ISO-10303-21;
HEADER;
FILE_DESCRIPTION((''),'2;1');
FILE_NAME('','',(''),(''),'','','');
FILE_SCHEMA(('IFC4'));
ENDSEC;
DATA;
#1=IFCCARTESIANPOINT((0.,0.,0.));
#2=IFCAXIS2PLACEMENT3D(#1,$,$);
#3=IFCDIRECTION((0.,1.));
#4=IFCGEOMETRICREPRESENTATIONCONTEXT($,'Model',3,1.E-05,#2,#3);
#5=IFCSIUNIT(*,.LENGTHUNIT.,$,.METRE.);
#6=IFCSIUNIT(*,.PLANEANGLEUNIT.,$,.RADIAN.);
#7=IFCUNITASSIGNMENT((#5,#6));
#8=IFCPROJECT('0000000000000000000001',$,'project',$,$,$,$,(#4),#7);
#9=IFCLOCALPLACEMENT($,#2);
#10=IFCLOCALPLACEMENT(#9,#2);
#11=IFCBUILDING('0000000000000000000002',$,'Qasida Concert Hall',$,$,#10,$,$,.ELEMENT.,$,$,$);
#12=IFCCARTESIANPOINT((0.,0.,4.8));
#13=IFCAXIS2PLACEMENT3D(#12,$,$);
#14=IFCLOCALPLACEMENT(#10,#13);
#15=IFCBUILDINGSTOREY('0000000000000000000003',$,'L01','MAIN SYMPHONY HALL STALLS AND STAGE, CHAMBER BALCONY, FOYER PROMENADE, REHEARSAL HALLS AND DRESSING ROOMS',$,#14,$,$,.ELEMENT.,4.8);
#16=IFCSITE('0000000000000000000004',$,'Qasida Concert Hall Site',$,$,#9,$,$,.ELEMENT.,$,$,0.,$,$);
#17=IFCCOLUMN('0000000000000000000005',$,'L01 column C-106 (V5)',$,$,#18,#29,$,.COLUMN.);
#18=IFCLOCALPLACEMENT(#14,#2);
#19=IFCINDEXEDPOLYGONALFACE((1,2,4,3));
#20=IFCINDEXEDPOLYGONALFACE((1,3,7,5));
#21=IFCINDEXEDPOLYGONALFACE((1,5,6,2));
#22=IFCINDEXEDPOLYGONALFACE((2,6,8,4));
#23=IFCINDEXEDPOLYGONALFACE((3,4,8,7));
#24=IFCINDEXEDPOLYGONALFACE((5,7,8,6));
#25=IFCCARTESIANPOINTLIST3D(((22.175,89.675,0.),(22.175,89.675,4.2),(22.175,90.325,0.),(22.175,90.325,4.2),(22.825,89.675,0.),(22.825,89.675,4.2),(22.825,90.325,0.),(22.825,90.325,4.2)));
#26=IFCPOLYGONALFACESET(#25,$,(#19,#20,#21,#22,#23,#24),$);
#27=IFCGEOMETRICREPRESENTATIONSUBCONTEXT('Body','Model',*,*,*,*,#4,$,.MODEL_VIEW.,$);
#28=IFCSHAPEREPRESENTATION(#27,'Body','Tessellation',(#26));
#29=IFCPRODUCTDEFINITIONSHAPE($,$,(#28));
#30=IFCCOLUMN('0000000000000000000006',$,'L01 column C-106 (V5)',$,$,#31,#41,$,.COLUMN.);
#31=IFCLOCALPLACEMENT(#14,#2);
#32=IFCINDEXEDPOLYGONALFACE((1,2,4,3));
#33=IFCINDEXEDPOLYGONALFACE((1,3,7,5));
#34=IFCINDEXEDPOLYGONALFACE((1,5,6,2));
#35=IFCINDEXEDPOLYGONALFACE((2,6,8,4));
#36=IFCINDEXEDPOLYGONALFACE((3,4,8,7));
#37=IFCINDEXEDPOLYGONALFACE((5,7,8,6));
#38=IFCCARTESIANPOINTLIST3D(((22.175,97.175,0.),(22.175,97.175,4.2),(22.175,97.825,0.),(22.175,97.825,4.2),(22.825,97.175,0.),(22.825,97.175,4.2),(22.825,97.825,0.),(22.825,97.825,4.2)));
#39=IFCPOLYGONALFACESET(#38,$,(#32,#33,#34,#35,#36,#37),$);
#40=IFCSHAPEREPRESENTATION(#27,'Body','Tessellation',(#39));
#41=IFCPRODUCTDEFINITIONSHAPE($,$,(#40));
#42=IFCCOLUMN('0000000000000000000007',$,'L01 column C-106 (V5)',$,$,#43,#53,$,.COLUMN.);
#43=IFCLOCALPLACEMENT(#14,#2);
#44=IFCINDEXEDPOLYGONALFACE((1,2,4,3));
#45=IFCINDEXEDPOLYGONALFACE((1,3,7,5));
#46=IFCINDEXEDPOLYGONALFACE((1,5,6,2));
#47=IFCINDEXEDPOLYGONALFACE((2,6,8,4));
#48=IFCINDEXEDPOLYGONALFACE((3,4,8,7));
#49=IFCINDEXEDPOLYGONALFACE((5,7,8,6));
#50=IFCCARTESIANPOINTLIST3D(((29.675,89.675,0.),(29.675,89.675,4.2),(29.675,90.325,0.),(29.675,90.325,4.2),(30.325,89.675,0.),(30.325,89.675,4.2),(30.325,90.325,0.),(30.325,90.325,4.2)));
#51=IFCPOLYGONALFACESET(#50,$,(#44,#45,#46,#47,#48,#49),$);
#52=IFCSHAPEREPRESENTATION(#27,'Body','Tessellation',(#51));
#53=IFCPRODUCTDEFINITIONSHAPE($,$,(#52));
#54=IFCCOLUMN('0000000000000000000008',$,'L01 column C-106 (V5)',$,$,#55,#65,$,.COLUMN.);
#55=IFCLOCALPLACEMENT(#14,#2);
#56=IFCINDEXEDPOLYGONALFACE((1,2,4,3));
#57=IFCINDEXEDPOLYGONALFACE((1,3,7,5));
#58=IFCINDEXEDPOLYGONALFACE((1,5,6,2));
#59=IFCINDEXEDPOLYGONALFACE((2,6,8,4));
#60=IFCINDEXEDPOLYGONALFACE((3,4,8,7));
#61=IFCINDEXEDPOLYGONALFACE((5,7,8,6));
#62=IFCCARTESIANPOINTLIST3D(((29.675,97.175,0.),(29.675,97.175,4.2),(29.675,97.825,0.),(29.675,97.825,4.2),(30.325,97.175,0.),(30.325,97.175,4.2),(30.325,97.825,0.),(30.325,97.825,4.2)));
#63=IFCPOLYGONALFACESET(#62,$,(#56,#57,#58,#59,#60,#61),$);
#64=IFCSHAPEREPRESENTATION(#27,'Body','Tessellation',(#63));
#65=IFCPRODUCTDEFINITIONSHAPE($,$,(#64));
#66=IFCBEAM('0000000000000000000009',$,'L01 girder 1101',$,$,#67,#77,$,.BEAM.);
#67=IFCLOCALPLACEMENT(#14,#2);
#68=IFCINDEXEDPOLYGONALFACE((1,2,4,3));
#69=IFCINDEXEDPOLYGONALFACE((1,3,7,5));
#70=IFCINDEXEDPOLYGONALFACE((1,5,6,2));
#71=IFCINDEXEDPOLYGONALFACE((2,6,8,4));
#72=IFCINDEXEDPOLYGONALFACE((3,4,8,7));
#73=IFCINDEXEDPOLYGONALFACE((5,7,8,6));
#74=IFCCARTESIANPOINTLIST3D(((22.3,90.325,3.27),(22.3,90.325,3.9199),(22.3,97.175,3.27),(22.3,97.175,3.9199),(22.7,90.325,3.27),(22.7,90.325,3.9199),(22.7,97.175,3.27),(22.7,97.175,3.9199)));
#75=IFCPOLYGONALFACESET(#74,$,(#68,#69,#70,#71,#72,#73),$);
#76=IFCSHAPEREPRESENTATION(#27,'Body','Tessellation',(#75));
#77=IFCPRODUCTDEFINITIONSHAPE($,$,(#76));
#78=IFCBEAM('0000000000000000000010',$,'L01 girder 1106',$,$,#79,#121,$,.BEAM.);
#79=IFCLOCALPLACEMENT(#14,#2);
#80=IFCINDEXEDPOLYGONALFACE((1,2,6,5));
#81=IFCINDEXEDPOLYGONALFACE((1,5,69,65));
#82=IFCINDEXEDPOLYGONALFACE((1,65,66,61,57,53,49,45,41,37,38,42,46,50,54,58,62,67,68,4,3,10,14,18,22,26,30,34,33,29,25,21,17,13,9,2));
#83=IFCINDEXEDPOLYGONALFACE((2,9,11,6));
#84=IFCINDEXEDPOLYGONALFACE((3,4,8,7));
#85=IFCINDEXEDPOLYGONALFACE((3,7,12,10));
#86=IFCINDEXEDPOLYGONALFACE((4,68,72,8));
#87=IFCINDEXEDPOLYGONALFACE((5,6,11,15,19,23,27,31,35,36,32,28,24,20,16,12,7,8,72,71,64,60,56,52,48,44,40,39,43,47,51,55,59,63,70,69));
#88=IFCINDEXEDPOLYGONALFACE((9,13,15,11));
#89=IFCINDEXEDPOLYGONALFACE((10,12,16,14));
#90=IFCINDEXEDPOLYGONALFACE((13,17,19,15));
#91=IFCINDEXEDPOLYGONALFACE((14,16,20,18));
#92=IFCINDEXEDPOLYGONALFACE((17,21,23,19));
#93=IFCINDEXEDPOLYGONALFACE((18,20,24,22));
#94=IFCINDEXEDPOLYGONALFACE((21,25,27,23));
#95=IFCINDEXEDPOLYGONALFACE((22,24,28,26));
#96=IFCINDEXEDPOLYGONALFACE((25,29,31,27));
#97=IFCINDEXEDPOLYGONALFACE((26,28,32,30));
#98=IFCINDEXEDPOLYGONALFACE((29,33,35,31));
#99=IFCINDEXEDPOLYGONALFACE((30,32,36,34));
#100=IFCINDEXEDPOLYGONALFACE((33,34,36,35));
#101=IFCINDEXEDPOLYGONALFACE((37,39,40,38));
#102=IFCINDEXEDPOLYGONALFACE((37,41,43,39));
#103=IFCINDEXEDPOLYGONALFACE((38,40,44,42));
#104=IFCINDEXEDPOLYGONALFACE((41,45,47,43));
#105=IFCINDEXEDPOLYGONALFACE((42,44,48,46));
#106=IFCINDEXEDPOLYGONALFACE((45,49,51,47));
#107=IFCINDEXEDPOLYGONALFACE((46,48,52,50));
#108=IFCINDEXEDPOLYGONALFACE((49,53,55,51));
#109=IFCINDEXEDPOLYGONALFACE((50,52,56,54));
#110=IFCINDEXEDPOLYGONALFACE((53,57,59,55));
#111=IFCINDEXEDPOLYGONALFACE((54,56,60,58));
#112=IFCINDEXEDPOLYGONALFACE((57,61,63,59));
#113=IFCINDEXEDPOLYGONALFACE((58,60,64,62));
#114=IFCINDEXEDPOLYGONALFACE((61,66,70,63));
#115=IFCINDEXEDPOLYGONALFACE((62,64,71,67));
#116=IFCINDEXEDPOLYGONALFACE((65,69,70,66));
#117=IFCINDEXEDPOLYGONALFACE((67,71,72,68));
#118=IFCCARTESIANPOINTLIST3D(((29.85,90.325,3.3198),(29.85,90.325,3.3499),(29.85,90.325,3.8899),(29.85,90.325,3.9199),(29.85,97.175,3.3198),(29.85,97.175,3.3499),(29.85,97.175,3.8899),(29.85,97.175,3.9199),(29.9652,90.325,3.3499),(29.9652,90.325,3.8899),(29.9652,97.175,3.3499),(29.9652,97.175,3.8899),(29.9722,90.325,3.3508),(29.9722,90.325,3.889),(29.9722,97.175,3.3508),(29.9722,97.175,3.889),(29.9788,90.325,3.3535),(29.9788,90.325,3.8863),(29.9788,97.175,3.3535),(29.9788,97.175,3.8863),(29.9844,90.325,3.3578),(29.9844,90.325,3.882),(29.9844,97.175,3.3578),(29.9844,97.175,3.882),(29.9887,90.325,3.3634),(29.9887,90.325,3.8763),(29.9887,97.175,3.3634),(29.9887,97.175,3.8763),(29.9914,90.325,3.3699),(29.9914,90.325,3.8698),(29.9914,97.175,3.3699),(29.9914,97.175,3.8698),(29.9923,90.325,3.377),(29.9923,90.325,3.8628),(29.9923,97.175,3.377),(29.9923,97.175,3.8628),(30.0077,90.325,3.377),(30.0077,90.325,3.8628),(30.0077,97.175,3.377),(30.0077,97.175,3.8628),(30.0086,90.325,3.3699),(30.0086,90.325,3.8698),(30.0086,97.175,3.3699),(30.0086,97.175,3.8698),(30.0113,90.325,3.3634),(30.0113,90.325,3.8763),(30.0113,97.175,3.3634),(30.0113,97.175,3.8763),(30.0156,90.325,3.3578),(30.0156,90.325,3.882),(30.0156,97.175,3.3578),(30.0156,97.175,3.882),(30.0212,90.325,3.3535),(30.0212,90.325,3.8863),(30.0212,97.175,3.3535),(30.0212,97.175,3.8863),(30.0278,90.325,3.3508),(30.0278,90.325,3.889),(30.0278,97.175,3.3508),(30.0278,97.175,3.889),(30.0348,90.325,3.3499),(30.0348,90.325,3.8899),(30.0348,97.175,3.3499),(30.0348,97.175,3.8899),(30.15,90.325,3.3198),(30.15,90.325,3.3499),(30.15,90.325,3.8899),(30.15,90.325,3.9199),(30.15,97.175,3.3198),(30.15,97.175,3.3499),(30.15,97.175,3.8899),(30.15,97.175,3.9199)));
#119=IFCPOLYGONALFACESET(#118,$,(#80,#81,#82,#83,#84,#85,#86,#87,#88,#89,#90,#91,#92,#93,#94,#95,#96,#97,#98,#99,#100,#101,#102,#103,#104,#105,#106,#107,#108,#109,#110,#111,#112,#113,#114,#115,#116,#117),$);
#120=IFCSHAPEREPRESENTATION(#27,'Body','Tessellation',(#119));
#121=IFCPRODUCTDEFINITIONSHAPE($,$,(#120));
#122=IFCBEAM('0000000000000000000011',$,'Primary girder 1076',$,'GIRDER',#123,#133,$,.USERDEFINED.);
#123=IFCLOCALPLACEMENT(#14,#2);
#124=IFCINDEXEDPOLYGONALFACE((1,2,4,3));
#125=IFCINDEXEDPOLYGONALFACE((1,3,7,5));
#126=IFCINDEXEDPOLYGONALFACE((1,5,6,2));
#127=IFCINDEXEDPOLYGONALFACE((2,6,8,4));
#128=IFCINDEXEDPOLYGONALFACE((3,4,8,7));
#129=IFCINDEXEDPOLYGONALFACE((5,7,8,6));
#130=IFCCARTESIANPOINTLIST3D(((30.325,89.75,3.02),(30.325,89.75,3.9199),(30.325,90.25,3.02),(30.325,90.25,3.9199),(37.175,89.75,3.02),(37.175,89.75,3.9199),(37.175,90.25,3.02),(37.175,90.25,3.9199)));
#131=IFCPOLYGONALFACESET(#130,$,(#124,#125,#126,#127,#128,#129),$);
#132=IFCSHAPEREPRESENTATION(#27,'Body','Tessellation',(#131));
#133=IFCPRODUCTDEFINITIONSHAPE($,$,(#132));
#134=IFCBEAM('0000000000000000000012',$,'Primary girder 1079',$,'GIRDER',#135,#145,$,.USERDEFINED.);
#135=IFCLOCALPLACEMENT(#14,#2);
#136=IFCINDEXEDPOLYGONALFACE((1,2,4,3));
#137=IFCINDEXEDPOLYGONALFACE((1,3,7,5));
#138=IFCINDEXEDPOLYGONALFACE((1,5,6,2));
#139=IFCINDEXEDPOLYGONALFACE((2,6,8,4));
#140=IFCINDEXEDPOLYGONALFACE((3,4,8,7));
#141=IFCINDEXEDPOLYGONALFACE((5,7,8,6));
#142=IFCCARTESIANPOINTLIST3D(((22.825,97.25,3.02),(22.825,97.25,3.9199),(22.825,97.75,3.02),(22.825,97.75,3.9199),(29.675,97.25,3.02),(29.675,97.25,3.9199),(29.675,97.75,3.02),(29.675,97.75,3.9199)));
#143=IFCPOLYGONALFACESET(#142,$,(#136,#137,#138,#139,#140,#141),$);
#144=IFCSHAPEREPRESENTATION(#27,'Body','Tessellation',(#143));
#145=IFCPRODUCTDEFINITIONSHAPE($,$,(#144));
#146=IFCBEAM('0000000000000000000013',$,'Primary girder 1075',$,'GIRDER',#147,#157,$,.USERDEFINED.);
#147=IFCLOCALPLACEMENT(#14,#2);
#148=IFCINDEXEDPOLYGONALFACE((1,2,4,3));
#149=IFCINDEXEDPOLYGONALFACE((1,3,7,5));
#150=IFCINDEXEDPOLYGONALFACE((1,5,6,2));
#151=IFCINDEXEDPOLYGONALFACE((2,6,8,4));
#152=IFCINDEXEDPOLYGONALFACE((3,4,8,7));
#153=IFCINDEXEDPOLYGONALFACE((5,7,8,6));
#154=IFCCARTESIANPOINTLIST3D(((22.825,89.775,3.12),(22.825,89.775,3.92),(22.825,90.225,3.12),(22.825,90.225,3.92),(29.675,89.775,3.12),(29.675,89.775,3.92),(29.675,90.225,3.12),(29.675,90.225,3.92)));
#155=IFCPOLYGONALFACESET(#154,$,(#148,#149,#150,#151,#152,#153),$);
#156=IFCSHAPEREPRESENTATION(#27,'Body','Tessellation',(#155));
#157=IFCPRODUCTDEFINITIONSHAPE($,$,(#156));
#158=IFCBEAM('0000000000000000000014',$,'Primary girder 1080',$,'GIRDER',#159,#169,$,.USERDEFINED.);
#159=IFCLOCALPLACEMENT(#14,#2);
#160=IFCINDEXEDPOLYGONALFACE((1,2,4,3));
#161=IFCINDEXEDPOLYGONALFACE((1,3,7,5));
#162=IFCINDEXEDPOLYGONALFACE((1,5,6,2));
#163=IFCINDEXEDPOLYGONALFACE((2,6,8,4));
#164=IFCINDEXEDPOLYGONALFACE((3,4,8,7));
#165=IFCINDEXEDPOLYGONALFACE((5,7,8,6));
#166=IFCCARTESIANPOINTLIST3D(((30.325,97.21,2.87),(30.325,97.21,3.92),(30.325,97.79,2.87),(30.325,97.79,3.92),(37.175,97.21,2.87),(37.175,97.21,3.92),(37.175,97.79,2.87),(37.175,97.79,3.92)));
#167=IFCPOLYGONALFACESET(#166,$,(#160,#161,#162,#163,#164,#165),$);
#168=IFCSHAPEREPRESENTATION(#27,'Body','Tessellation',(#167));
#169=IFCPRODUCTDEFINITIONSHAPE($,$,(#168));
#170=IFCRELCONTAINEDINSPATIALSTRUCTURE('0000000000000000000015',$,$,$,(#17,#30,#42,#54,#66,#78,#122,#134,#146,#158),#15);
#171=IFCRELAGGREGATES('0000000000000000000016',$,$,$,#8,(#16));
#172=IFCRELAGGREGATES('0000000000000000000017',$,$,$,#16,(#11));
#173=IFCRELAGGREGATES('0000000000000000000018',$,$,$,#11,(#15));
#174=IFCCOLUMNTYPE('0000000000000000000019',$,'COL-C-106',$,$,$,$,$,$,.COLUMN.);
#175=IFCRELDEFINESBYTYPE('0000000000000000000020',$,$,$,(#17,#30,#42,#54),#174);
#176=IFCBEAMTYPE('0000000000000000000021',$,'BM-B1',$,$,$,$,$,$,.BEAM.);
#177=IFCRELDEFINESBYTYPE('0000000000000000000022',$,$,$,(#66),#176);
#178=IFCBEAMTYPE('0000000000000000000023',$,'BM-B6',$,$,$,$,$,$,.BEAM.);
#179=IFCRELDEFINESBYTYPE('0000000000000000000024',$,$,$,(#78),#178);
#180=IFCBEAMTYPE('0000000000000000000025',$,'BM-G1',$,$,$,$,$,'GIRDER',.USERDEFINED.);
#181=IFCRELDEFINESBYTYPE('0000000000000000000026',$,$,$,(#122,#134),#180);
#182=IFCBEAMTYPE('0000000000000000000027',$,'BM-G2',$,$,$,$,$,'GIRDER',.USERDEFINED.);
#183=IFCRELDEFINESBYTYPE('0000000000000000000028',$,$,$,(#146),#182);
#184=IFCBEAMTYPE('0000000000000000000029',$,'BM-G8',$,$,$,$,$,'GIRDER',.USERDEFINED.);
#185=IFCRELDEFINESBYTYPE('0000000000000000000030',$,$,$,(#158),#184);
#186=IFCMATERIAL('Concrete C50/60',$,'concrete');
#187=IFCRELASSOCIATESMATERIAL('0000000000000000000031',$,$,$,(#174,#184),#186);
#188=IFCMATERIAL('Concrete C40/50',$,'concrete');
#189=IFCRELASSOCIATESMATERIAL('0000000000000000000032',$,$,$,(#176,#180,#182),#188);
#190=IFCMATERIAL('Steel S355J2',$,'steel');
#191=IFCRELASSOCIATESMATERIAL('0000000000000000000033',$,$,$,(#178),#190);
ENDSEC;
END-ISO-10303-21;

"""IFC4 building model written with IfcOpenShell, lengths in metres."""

from ifc_helpers import new_model, si_unit, direction, frame, origin, origin_2d, place, context, subcontext, project, spatial, rectangle, i_section, extrude, material, material_profile, profile_set, type_object, element, save


model = new_model("IFC4")

# Units and contexts
model_context = context("Model", 3, precision=1e-05, world=origin(), true_north=direction((0.0, 1.0)))
body_context = subcontext(model_context, "Body", "Model", "MODEL_VIEW")
ifc_project = project(units=[si_unit("LENGTHUNIT", "METRE"), si_unit("PLANEANGLEUNIT", "RADIAN")], contexts=[model_context])

# Site, building, storey
site_placement = place(None, origin())
site = spatial("IfcSite", under=ifc_project, at=site_placement, Name="Qasida Concert Hall Site", CompositionType="ELEMENT", RefElevation=0.0)
building_placement = place(site_placement, origin())
building = spatial("IfcBuilding", under=site, at=building_placement, Name="Qasida Concert Hall", CompositionType="ELEMENT")
storey_placement = place(building_placement, frame((0.0, 0.0, 4.8)))
storey = spatial("IfcBuildingStorey", under=building, at=storey_placement, Name="L01", Description="MAIN SYMPHONY HALL STALLS AND STAGE, CHAMBER BALCONY, FOYER PROMENADE, REHEARSAL HALLS AND DRESSING ROOMS", CompositionType="ELEMENT", Elevation=4.8)

# Columns
ifc_material_1 = material(Name="Concrete C50/60", Category="concrete")
ifc_material_profile_1 = material_profile(ifc_material_1, rectangle(XDim=0.6499, YDim=0.6499, at=origin_2d()), Name="RC 650x650")
ifc_profile_set_1 = profile_set([ifc_material_profile_1], Name="Concrete C50/60")
column_type = type_object("IfcColumnType", Name="COL-C-106", PredefinedType="COLUMN", material=ifc_profile_set_1)
for number, where, z_axis, x_axis, name in (
    (1, (22.5, 90.0, 0.0), (0.0, 0.0, 1.0), (1.0, 0.0, 0.0), "L01 column C-106 (V5)"),
    (2, (22.5, 97.5, 0.0), (0.0, 0.0, 1.0), (1.0, 0.0, 0.0), "L01 column C-106 (V5)"),
    (3, (30.0, 90.0, 0.0), (0.0, 0.0, 1.0), (1.0, 0.0, 0.0), "L01 column C-106 (V5)"),
    (4, (30.0, 97.5, 0.0), (0.0, 0.0, 1.0), (1.0, 0.0, 0.0), "L01 column C-106 (V5)"),
):
    element("IfcColumn", number, at=place(storey_placement, frame(where, z_axis=z_axis, x_axis=x_axis)), inside=storey, type_object=column_type, Name=name, PredefinedType="COLUMN", context=body_context, shape_type="SweptSolid", body=[
        extrude(rectangle(XDim=0.6499, YDim=0.6499, at=origin_2d()), origin(), (0.0, 0.0, 1.0), 4.2),
    ])

# Beams
ifc_material_2 = material(Name="Concrete C40/50", Category="concrete")
ifc_material_profile_2 = material_profile(ifc_material_2, rectangle(XDim=0.3999, YDim=0.6499, at=origin_2d()), Name="RC 400x650")
ifc_profile_set_2 = profile_set([ifc_material_profile_2], Name="Concrete C40/50")
beam_type_1 = type_object("IfcBeamType", Name="BM-B1", PredefinedType="BEAM", material=ifc_profile_set_2)
beam_1_placement = place(storey_placement, frame((22.5, 90.325, 3.595), z_axis=(0.0, 1.0, 0.0), x_axis=(-1.0, 0.0, 0.0)))
element("IfcBeam", 5, at=beam_1_placement, inside=storey, type_object=beam_type_1, Name="L01 girder 1101", PredefinedType="BEAM", context=body_context, shape_type="SweptSolid", body=[
    extrude(rectangle(XDim=0.3999, YDim=0.6499, at=origin_2d()), origin(), (0.0, 0.0, 1.0), 6.8501),
])
ifc_material_3 = material(Name="Steel S355J2", Category="steel")
ifc_material_profile_3 = material_profile(ifc_material_3, i_section(OverallWidth=0.3, OverallDepth=0.6001, WebThickness=0.0154, FlangeThickness=0.03, FilletRadius=0.0271, at=origin_2d()), Name="HEB 600")
ifc_profile_set_3 = profile_set([ifc_material_profile_3], Name="Steel S355J2")
beam_type_2 = type_object("IfcBeamType", Name="BM-B6", PredefinedType="BEAM", material=ifc_profile_set_3)
beam_2_placement = place(storey_placement, frame((30.0, 90.325, 3.6199), z_axis=(0.0, 1.0, 0.0), x_axis=(-1.0, 0.0, 0.0)))
element("IfcBeam", 6, at=beam_2_placement, inside=storey, type_object=beam_type_2, Name="L01 girder 1106", PredefinedType="BEAM", context=body_context, shape_type="SweptSolid", body=[
    extrude(i_section(OverallWidth=0.3, OverallDepth=0.6001, WebThickness=0.0154, FlangeThickness=0.03, FilletRadius=0.0271, at=origin_2d()), origin(), (0.0, 0.0, 1.0), 6.8501),
])
ifc_material_profile_4 = material_profile(ifc_material_2, rectangle(XDim=0.5, YDim=0.8999, at=origin_2d()), Name="RC 500x900")
ifc_profile_set_4 = profile_set([ifc_material_profile_4], Name="Concrete C40/50")
beam_type_3 = type_object("IfcBeamType", Name="BM-G1", ElementType="GIRDER", PredefinedType="USERDEFINED", material=ifc_profile_set_4)
for number, where, z_axis, x_axis, name in (
    (7, (30.325, 90.0, 3.47), (1.0, 0.0, 0.0), (0.0, 1.0, 0.0), "Primary girder 1076"),
    (8, (22.825, 97.5, 3.47), (1.0, 0.0, 0.0), (0.0, 1.0, 0.0), "Primary girder 1079"),
):
    element("IfcBeam", number, at=place(storey_placement, frame(where, z_axis=z_axis, x_axis=x_axis)), inside=storey, type_object=beam_type_3, Name=name, ObjectType="GIRDER", PredefinedType="USERDEFINED", context=body_context, shape_type="SweptSolid", body=[
        extrude(rectangle(XDim=0.5, YDim=0.8999, at=origin_2d()), origin(), (0.0, 0.0, 1.0), 6.8501),
    ])
ifc_material_profile_5 = material_profile(ifc_material_2, rectangle(XDim=0.45, YDim=0.8, at=origin_2d()), Name="RC 450x800")
ifc_profile_set_5 = profile_set([ifc_material_profile_5], Name="Concrete C40/50")
beam_type_4 = type_object("IfcBeamType", Name="BM-G2", ElementType="GIRDER", PredefinedType="USERDEFINED", material=ifc_profile_set_5)
beam_3_placement = place(storey_placement, frame((22.825, 90.0, 3.52), z_axis=(1.0, 0.0, 0.0), x_axis=(0.0, 1.0, 0.0)))
element("IfcBeam", 9, at=beam_3_placement, inside=storey, type_object=beam_type_4, Name="Primary girder 1075", ObjectType="GIRDER", PredefinedType="USERDEFINED", context=body_context, shape_type="SweptSolid", body=[
    extrude(rectangle(XDim=0.45, YDim=0.8, at=origin_2d()), origin(), (0.0, 0.0, 1.0), 6.8501),
])
ifc_material_profile_6 = material_profile(ifc_material_1, rectangle(XDim=0.5801, YDim=1.05, at=origin_2d()), Name="RC 580x1050")
ifc_profile_set_6 = profile_set([ifc_material_profile_6], Name="Concrete C50/60")
beam_type_5 = type_object("IfcBeamType", Name="BM-G8", ElementType="GIRDER", PredefinedType="USERDEFINED", material=ifc_profile_set_6)
beam_4_placement = place(storey_placement, frame((30.325, 97.5, 3.395), z_axis=(1.0, 0.0, 0.0), x_axis=(0.0, 1.0, 0.0)))
element("IfcBeam", 10, at=beam_4_placement, inside=storey, type_object=beam_type_5, Name="Primary girder 1080", ObjectType="GIRDER", PredefinedType="USERDEFINED", context=body_context, shape_type="SweptSolid", body=[
    extrude(rectangle(XDim=0.5801, YDim=1.05, at=origin_2d()), origin(), (0.0, 0.0, 1.0), 6.8501),
])

save(model, "model.ifc")
